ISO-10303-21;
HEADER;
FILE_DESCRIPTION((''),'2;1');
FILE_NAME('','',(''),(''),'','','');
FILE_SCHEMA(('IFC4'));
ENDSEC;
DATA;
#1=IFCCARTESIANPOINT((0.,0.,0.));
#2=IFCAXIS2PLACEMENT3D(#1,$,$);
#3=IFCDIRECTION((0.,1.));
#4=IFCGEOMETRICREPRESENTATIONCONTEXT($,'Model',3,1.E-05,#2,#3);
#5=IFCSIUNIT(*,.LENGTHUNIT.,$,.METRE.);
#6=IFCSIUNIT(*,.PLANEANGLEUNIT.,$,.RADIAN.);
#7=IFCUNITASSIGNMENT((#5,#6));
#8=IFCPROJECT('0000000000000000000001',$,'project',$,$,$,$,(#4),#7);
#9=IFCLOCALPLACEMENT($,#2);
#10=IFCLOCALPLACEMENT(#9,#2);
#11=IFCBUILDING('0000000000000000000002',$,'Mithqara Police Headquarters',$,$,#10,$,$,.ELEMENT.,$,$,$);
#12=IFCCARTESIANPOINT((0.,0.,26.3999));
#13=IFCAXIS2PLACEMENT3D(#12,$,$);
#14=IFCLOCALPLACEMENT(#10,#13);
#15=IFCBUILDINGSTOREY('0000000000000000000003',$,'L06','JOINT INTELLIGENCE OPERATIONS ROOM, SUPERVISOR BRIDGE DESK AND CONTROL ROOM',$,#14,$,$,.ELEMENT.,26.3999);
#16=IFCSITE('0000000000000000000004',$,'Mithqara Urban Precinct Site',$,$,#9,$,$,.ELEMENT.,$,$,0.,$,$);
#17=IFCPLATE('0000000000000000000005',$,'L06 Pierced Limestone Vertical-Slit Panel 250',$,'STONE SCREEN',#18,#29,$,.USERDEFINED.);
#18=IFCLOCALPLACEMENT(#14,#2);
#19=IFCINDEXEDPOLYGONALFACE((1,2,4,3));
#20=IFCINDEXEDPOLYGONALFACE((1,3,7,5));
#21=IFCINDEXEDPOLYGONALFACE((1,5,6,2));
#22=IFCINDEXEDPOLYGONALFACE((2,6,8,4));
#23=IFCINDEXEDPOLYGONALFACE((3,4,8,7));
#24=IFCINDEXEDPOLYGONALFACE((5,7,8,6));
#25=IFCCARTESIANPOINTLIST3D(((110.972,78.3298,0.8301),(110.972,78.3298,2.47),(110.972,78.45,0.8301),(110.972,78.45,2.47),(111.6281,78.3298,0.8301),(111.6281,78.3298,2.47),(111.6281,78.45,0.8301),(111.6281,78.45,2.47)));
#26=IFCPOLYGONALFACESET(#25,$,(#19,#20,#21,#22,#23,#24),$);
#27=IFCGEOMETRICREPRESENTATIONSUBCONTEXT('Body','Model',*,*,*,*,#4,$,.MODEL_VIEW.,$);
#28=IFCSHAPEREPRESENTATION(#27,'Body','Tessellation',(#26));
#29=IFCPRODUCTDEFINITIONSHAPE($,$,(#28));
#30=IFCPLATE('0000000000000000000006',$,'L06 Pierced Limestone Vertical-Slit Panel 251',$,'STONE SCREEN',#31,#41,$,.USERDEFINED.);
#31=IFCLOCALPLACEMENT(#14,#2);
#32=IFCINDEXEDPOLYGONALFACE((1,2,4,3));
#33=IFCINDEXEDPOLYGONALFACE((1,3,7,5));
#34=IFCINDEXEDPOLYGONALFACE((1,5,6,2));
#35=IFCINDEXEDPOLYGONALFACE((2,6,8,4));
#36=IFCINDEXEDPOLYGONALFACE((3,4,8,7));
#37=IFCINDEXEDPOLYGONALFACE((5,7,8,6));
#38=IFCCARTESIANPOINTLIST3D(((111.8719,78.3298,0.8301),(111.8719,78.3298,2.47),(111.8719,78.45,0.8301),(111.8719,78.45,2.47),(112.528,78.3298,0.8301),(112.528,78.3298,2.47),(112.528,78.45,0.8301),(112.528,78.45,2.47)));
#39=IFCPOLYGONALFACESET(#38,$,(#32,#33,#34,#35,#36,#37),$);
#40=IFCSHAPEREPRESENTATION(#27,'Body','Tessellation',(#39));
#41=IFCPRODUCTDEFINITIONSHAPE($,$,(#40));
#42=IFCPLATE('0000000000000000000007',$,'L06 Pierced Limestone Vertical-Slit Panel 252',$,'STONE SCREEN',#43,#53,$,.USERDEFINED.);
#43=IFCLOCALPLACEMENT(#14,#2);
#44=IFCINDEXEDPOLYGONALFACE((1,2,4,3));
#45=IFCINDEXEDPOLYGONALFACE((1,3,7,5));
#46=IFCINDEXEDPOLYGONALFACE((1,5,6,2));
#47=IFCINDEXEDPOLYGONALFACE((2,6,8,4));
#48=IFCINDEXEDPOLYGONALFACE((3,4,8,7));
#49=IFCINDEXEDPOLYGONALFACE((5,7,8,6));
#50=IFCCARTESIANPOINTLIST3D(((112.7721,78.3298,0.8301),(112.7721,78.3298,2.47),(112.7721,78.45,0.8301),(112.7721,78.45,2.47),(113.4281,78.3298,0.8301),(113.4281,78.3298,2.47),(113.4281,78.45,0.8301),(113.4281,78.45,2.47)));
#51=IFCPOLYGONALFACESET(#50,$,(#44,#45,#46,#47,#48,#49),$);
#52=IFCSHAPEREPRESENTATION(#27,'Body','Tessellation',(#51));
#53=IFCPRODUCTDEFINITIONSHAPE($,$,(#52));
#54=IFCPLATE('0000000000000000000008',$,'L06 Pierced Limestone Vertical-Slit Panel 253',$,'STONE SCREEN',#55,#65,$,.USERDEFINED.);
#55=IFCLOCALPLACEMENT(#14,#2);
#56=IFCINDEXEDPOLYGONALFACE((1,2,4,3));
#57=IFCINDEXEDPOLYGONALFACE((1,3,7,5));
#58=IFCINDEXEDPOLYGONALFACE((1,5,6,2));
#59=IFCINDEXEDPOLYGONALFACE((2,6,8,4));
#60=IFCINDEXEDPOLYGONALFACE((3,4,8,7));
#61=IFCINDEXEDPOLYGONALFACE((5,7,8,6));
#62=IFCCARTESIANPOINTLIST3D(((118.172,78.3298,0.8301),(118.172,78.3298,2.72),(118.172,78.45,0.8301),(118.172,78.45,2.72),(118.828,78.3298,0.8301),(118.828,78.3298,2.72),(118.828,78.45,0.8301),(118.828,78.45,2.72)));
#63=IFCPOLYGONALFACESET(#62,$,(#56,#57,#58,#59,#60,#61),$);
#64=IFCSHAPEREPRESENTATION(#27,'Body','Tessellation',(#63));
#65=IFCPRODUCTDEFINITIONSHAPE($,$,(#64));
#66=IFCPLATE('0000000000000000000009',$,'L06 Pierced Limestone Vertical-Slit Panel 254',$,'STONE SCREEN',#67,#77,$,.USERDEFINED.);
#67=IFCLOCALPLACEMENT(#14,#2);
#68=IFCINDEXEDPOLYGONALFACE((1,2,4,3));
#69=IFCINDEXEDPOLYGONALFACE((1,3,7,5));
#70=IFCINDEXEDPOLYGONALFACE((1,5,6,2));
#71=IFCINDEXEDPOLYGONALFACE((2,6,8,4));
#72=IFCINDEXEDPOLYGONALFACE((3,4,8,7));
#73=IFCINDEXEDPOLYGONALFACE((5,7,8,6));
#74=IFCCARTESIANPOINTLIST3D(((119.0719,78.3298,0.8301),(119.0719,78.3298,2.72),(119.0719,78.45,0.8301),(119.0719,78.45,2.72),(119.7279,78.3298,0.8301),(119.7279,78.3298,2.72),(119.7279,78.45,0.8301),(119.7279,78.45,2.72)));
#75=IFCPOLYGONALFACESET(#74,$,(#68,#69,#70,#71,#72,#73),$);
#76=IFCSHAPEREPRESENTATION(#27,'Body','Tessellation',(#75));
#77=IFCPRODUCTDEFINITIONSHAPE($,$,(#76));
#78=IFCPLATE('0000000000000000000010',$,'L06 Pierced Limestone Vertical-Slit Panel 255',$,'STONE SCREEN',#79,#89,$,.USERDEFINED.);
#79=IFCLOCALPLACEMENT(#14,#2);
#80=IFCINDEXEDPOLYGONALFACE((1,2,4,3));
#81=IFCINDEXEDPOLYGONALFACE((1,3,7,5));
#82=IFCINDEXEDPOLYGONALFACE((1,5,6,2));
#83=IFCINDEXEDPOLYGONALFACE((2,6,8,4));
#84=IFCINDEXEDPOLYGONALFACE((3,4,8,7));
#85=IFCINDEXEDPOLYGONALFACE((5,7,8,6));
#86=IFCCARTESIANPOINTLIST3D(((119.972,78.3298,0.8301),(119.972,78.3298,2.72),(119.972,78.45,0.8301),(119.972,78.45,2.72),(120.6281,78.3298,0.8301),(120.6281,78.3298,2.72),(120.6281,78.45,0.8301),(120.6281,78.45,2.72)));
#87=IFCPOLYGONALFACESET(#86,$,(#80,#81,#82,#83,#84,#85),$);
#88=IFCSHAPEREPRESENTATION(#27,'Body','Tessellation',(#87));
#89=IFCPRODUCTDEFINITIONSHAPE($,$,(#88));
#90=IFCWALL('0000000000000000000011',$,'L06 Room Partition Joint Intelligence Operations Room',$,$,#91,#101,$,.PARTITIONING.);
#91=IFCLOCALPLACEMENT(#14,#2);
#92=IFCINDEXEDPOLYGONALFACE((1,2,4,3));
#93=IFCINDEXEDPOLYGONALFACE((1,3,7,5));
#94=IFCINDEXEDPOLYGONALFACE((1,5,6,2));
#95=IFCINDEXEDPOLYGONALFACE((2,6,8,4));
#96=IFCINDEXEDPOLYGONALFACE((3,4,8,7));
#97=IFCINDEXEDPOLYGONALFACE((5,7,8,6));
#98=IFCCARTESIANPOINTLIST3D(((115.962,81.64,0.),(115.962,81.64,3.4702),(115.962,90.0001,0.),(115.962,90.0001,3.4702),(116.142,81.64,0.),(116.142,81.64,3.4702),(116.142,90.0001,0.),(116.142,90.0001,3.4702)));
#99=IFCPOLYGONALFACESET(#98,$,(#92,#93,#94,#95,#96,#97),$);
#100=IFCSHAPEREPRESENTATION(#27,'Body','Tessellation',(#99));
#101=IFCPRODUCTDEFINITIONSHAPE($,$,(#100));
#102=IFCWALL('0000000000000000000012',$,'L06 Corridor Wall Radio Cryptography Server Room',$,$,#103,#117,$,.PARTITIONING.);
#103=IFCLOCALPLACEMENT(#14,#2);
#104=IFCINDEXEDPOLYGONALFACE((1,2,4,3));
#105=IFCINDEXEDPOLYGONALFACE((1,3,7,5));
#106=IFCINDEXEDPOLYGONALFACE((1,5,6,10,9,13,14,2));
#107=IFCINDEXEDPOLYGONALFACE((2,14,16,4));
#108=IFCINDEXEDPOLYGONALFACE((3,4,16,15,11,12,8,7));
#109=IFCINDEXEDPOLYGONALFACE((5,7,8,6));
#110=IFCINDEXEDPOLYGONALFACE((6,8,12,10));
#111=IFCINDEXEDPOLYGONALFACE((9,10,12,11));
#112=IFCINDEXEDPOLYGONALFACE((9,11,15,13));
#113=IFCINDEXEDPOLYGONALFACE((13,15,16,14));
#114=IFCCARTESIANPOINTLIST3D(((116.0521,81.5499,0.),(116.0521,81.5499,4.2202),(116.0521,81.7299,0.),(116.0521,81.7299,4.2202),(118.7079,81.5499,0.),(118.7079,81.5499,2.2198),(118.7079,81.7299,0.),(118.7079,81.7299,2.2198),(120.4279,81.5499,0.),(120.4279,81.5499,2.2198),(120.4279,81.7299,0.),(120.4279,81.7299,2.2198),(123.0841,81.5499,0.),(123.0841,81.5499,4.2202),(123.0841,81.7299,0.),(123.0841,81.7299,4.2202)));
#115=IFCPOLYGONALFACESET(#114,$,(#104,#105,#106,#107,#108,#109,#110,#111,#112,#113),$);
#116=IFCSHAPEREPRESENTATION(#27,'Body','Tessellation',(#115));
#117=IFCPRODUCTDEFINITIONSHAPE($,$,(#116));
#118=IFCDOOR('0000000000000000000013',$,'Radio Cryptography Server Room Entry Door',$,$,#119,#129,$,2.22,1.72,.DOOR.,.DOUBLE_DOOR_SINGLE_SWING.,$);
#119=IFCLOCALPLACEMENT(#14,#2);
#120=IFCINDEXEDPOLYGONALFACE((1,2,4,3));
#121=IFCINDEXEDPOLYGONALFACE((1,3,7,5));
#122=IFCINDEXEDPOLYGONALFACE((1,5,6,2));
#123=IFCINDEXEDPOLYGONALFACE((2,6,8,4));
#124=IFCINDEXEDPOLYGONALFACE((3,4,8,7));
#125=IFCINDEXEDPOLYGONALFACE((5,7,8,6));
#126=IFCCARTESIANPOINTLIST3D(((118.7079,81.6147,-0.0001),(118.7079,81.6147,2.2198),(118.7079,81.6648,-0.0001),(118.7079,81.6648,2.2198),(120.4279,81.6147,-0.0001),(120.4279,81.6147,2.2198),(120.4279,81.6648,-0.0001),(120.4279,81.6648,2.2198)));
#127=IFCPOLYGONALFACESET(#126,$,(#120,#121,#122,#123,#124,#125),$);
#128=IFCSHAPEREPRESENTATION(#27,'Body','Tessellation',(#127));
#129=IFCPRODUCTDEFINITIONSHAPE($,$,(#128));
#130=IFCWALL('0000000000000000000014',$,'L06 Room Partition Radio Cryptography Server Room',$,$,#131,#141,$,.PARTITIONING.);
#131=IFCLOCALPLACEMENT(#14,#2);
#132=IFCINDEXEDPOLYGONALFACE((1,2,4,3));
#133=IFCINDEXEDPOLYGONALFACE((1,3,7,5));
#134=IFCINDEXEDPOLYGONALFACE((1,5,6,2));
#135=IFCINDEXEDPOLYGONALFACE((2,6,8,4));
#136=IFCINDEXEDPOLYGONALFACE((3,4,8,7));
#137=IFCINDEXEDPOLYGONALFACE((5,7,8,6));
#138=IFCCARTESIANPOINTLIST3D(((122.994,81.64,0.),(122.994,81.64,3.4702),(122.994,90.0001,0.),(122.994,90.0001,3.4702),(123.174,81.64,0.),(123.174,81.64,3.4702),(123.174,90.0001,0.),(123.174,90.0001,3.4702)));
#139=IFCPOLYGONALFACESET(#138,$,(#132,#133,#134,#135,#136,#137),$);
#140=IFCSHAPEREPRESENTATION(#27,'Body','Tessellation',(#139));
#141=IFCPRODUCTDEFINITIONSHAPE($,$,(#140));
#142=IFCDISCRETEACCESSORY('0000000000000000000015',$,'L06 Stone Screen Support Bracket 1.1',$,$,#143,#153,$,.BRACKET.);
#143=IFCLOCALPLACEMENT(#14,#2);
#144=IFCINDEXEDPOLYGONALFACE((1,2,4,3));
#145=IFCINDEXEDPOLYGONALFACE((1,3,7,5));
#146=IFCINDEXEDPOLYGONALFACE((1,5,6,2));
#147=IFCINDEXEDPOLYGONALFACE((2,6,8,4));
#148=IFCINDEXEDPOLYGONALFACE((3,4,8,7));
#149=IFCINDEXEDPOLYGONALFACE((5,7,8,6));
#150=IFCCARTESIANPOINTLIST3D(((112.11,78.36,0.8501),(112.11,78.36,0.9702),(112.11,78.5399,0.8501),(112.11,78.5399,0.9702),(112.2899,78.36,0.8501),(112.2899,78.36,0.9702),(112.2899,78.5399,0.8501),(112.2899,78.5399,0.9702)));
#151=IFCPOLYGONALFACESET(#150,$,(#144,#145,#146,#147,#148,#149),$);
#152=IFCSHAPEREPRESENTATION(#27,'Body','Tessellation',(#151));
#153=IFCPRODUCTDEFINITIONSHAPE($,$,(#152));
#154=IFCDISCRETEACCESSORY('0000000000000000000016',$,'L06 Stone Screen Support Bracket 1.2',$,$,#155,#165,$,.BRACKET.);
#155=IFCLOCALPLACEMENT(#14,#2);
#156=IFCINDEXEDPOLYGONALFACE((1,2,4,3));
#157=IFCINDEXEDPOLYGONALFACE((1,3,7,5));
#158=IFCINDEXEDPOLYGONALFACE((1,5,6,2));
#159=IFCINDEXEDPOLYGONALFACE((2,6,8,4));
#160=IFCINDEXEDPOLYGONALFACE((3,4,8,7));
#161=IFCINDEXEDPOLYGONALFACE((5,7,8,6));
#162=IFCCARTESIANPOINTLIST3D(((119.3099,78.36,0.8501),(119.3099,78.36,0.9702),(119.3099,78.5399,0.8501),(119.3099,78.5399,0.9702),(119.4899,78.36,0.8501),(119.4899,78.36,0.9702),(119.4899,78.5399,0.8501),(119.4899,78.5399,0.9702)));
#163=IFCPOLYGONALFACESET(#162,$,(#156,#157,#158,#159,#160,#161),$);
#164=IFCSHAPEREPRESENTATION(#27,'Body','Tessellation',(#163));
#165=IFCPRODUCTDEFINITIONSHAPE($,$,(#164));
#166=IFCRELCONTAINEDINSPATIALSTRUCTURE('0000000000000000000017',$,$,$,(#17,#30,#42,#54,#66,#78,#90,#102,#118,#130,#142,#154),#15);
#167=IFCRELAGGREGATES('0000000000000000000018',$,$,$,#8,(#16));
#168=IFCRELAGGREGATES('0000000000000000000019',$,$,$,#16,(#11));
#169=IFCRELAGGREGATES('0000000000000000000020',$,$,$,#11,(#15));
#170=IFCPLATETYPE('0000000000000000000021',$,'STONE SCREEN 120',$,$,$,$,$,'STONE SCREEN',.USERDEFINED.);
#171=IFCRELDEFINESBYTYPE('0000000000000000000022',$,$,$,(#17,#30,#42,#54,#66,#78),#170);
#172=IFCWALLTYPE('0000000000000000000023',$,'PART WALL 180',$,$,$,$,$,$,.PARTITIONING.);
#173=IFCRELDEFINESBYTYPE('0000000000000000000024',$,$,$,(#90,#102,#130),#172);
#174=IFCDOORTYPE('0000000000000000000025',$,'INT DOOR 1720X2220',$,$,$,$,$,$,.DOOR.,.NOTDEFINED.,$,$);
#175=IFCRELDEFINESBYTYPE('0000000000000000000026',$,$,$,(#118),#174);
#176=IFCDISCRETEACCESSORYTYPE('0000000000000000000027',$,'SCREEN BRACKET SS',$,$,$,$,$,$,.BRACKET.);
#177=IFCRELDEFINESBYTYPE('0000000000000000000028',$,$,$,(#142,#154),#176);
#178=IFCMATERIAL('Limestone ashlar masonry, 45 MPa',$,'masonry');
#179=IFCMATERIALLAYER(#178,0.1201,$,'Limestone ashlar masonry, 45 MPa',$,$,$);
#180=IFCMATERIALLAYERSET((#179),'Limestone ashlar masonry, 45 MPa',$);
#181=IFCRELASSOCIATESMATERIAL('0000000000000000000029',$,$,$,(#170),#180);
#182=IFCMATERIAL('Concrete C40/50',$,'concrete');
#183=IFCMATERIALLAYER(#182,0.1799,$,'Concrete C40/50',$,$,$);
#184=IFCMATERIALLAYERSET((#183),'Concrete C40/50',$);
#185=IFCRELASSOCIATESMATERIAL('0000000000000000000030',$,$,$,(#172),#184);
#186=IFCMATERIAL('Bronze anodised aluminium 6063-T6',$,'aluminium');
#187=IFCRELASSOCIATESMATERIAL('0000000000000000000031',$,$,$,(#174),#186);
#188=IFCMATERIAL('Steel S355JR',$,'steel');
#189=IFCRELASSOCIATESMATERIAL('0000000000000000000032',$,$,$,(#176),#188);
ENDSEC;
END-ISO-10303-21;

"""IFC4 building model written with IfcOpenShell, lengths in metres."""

from ifc_helpers import new_model, si_unit, direction, frame, frame_2d, origin, origin_2d, place, context, subcontext, project, spatial, rectangle, extrude, material, layer, layer_set, type_object, element, fill, save


model = new_model("IFC4")

# Units and contexts
model_context = context("Model", 3, precision=1e-05, world=origin(), true_north=direction((0.0, 1.0)))
body_context = subcontext(model_context, "Body", "Model", "MODEL_VIEW")
ifc_project = project(units=[si_unit("LENGTHUNIT", "METRE"), si_unit("PLANEANGLEUNIT", "RADIAN")], contexts=[model_context])

# Site, building, storey
site_placement = place(None, origin())
site = spatial("IfcSite", under=ifc_project, at=site_placement, Name="Mithqara Urban Precinct Site", CompositionType="ELEMENT", RefElevation=0.0)
building_placement = place(site_placement, origin())
building = spatial("IfcBuilding", under=site, at=building_placement, Name="Mithqara Police Headquarters", CompositionType="ELEMENT")
storey_placement = place(building_placement, frame((0.0, 0.0, 26.3999)))
storey = spatial("IfcBuildingStorey", under=building, at=storey_placement, Name="L06", Description="JOINT INTELLIGENCE OPERATIONS ROOM, SUPERVISOR BRIDGE DESK AND CONTROL ROOM", CompositionType="ELEMENT", Elevation=26.3999)

# Shared definitions
ifc_material_1 = material(Name="Steel S355JR", Category="steel")
ifc_material_2 = material(Name="Concrete C40/50", Category="concrete")

# Plates
ifc_material_3 = material(Name="Limestone ashlar masonry, 45 MPa", Category="masonry")
ifc_layer_1 = layer(ifc_material_3, 0.1201, Name="Limestone ashlar masonry, 45 MPa")
ifc_layer_set_1 = layer_set([ifc_layer_1], Name="Limestone ashlar masonry, 45 MPa")
plate_type = type_object("IfcPlateType", Name="STONE SCREEN 120", ElementType="STONE SCREEN", PredefinedType="USERDEFINED", material=ifc_layer_set_1)
for number, where, z_axis, x_axis, name in (
    (1, (111.3, 78.3899, 0.8301), (0.0, 0.0, 1.0), (1.0, 0.0, 0.0), "L06 Pierced Limestone Vertical-Slit Panel 250"),
    (2, (112.2, 78.3899, 0.8301), (0.0, 0.0, 1.0), (1.0, 0.0, 0.0), "L06 Pierced Limestone Vertical-Slit Panel 251"),
    (3, (113.1001, 78.3899, 0.8301), (0.0, 0.0, 1.0), (1.0, 0.0, 0.0), "L06 Pierced Limestone Vertical-Slit Panel 252"),
):
    element("IfcPlate", number, at=place(storey_placement, frame(where, z_axis=z_axis, x_axis=x_axis)), inside=storey, type_object=plate_type, Name=name, ObjectType="STONE SCREEN", PredefinedType="USERDEFINED", context=body_context, shape_type="SweptSolid", body=[
        extrude(rectangle(XDim=0.656, YDim=0.1201, at=origin_2d()), origin(), (0.0, 0.0, 1.0), 1.6399),
    ])
for number, where, z_axis, x_axis, name in (
    (4, (118.5, 78.3899, 0.8301), (0.0, 0.0, 1.0), (1.0, 0.0, 0.0), "L06 Pierced Limestone Vertical-Slit Panel 253"),
    (5, (119.3999, 78.3899, 0.8301), (0.0, 0.0, 1.0), (1.0, 0.0, 0.0), "L06 Pierced Limestone Vertical-Slit Panel 254"),
    (6, (120.3, 78.3899, 0.8301), (0.0, 0.0, 1.0), (1.0, 0.0, 0.0), "L06 Pierced Limestone Vertical-Slit Panel 255"),
):
    element("IfcPlate", number, at=place(storey_placement, frame(where, z_axis=z_axis, x_axis=x_axis)), inside=storey, type_object=plate_type, Name=name, ObjectType="STONE SCREEN", PredefinedType="USERDEFINED", context=body_context, shape_type="SweptSolid", body=[
        extrude(rectangle(XDim=0.656, YDim=0.1201, at=origin_2d()), origin(), (0.0, 0.0, 1.0), 1.8899),
    ])

# Wall
ifc_layer_2 = layer(ifc_material_2, 0.1799, Name="Concrete C40/50")
ifc_layer_set_2 = layer_set([ifc_layer_2], Name="Concrete C40/50")
wall_type = type_object("IfcWallType", Name="PART WALL 180", PredefinedType="PARTITIONING", material=ifc_layer_set_2)
wall_1_placement = place(storey_placement, frame((116.052, 81.6399, 0.0), z_axis=(0.0, 0.0, 1.0), x_axis=(0.0, 1.0, 0.0)))
element("IfcWall", 7, at=wall_1_placement, inside=storey, type_object=wall_type, Name="L06 Room Partition Joint Intelligence Operations Room", PredefinedType="PARTITIONING", context=body_context, shape_type="SweptSolid", body=[
    extrude(rectangle(XDim=8.3601, YDim=0.1799, at=frame_2d((4.1802, 0.0))), origin(), (0.0, 0.0, 1.0), 3.4702),
])

# Wall, opening, door
wall_2_placement = place(storey_placement, frame((116.052, 81.6399, 0.0), z_axis=(0.0, 0.0, 1.0), x_axis=(1.0, 0.0, 0.0)))
wall_2 = element("IfcWall", 8, at=wall_2_placement, inside=storey, type_object=wall_type, Name="L06 Corridor Wall Radio Cryptography Server Room", PredefinedType="PARTITIONING", context=body_context, shape_type="SweptSolid", body=[
    extrude(rectangle(XDim=7.032, YDim=0.1799, at=frame_2d((3.5161, 0.0))), origin(), (0.0, 0.0, 1.0), 4.2202),
])
opening_placement = place(wall_2_placement, frame((2.656, 0.0, 0.0)))
opening = element("IfcOpeningElement", 9, at=opening_placement, cuts=wall_2, PredefinedType="OPENING", context=body_context, shape_type="SweptSolid", body=[
    extrude(rectangle(XDim=1.72, YDim=2.22, at=frame_2d((0.8599, 1.1099))), frame((0.0, 0.1001, 0.0), z_axis=(0.0, -1.0, 0.0), x_axis=(1.0, 0.0, 0.0)), (0.0, 0.0, 1.0), 0.2),
])
ifc_material_4 = material(Name="Bronze anodised aluminium 6063-T6", Category="aluminium")
door_type = type_object("IfcDoorType", Name="INT DOOR 1720X2220", OperationType="NOTDEFINED", PredefinedType="DOOR", material=ifc_material_4)
door_placement = place(opening_placement, origin())
door = element("IfcDoor", 10, at=door_placement, inside=storey, type_object=door_type, Name="Radio Cryptography Server Room Entry Door", OperationType="DOUBLE_DOOR_SINGLE_SWING", OverallHeight=2.22, OverallWidth=1.72, PredefinedType="DOOR", context=body_context, shape_type="SweptSolid", body=[
    extrude(rectangle(XDim=1.72, YDim=2.22, at=frame_2d((0.8599, 1.1099))), frame((0.0, 0.0249, 0.0), z_axis=(0.0, -1.0, 0.0), x_axis=(1.0, 0.0, 0.0)), (0.0, 0.0, 1.0), 0.05),
])
fill(opening, door)

# Wall
wall_3_placement = place(storey_placement, frame((123.084, 81.6399, 0.0), z_axis=(0.0, 0.0, 1.0), x_axis=(0.0, 1.0, 0.0)))
element("IfcWall", 11, at=wall_3_placement, inside=storey, type_object=wall_type, Name="L06 Room Partition Radio Cryptography Server Room", PredefinedType="PARTITIONING", context=body_context, shape_type="SweptSolid", body=[
    extrude(rectangle(XDim=8.3601, YDim=0.1799, at=frame_2d((4.1802, 0.0))), origin(), (0.0, 0.0, 1.0), 3.4702),
])

# Discrete accessories
discrete_accessory_type = type_object("IfcDiscreteAccessoryType", Name="SCREEN BRACKET SS", PredefinedType="BRACKET", material=ifc_material_1)
for number, where, z_axis, x_axis, name in (
    (12, (112.2, 78.45, 0.8501), (0.0, 0.0, 1.0), (1.0, 0.0, 0.0), "L06 Stone Screen Support Bracket 1.1"),
    (13, (119.3999, 78.45, 0.8501), (0.0, 0.0, 1.0), (1.0, 0.0, 0.0), "L06 Stone Screen Support Bracket 1.2"),
):
    element("IfcDiscreteAccessory", number, at=place(storey_placement, frame(where, z_axis=z_axis, x_axis=x_axis)), inside=storey, type_object=discrete_accessory_type, Name=name, PredefinedType="BRACKET", context=body_context, shape_type="SweptSolid", body=[
        extrude(rectangle(XDim=0.1799, YDim=0.1799, at=origin_2d()), origin(), (0.0, 0.0, 1.0), 0.1201),
    ])

save(model, "model.ifc")
